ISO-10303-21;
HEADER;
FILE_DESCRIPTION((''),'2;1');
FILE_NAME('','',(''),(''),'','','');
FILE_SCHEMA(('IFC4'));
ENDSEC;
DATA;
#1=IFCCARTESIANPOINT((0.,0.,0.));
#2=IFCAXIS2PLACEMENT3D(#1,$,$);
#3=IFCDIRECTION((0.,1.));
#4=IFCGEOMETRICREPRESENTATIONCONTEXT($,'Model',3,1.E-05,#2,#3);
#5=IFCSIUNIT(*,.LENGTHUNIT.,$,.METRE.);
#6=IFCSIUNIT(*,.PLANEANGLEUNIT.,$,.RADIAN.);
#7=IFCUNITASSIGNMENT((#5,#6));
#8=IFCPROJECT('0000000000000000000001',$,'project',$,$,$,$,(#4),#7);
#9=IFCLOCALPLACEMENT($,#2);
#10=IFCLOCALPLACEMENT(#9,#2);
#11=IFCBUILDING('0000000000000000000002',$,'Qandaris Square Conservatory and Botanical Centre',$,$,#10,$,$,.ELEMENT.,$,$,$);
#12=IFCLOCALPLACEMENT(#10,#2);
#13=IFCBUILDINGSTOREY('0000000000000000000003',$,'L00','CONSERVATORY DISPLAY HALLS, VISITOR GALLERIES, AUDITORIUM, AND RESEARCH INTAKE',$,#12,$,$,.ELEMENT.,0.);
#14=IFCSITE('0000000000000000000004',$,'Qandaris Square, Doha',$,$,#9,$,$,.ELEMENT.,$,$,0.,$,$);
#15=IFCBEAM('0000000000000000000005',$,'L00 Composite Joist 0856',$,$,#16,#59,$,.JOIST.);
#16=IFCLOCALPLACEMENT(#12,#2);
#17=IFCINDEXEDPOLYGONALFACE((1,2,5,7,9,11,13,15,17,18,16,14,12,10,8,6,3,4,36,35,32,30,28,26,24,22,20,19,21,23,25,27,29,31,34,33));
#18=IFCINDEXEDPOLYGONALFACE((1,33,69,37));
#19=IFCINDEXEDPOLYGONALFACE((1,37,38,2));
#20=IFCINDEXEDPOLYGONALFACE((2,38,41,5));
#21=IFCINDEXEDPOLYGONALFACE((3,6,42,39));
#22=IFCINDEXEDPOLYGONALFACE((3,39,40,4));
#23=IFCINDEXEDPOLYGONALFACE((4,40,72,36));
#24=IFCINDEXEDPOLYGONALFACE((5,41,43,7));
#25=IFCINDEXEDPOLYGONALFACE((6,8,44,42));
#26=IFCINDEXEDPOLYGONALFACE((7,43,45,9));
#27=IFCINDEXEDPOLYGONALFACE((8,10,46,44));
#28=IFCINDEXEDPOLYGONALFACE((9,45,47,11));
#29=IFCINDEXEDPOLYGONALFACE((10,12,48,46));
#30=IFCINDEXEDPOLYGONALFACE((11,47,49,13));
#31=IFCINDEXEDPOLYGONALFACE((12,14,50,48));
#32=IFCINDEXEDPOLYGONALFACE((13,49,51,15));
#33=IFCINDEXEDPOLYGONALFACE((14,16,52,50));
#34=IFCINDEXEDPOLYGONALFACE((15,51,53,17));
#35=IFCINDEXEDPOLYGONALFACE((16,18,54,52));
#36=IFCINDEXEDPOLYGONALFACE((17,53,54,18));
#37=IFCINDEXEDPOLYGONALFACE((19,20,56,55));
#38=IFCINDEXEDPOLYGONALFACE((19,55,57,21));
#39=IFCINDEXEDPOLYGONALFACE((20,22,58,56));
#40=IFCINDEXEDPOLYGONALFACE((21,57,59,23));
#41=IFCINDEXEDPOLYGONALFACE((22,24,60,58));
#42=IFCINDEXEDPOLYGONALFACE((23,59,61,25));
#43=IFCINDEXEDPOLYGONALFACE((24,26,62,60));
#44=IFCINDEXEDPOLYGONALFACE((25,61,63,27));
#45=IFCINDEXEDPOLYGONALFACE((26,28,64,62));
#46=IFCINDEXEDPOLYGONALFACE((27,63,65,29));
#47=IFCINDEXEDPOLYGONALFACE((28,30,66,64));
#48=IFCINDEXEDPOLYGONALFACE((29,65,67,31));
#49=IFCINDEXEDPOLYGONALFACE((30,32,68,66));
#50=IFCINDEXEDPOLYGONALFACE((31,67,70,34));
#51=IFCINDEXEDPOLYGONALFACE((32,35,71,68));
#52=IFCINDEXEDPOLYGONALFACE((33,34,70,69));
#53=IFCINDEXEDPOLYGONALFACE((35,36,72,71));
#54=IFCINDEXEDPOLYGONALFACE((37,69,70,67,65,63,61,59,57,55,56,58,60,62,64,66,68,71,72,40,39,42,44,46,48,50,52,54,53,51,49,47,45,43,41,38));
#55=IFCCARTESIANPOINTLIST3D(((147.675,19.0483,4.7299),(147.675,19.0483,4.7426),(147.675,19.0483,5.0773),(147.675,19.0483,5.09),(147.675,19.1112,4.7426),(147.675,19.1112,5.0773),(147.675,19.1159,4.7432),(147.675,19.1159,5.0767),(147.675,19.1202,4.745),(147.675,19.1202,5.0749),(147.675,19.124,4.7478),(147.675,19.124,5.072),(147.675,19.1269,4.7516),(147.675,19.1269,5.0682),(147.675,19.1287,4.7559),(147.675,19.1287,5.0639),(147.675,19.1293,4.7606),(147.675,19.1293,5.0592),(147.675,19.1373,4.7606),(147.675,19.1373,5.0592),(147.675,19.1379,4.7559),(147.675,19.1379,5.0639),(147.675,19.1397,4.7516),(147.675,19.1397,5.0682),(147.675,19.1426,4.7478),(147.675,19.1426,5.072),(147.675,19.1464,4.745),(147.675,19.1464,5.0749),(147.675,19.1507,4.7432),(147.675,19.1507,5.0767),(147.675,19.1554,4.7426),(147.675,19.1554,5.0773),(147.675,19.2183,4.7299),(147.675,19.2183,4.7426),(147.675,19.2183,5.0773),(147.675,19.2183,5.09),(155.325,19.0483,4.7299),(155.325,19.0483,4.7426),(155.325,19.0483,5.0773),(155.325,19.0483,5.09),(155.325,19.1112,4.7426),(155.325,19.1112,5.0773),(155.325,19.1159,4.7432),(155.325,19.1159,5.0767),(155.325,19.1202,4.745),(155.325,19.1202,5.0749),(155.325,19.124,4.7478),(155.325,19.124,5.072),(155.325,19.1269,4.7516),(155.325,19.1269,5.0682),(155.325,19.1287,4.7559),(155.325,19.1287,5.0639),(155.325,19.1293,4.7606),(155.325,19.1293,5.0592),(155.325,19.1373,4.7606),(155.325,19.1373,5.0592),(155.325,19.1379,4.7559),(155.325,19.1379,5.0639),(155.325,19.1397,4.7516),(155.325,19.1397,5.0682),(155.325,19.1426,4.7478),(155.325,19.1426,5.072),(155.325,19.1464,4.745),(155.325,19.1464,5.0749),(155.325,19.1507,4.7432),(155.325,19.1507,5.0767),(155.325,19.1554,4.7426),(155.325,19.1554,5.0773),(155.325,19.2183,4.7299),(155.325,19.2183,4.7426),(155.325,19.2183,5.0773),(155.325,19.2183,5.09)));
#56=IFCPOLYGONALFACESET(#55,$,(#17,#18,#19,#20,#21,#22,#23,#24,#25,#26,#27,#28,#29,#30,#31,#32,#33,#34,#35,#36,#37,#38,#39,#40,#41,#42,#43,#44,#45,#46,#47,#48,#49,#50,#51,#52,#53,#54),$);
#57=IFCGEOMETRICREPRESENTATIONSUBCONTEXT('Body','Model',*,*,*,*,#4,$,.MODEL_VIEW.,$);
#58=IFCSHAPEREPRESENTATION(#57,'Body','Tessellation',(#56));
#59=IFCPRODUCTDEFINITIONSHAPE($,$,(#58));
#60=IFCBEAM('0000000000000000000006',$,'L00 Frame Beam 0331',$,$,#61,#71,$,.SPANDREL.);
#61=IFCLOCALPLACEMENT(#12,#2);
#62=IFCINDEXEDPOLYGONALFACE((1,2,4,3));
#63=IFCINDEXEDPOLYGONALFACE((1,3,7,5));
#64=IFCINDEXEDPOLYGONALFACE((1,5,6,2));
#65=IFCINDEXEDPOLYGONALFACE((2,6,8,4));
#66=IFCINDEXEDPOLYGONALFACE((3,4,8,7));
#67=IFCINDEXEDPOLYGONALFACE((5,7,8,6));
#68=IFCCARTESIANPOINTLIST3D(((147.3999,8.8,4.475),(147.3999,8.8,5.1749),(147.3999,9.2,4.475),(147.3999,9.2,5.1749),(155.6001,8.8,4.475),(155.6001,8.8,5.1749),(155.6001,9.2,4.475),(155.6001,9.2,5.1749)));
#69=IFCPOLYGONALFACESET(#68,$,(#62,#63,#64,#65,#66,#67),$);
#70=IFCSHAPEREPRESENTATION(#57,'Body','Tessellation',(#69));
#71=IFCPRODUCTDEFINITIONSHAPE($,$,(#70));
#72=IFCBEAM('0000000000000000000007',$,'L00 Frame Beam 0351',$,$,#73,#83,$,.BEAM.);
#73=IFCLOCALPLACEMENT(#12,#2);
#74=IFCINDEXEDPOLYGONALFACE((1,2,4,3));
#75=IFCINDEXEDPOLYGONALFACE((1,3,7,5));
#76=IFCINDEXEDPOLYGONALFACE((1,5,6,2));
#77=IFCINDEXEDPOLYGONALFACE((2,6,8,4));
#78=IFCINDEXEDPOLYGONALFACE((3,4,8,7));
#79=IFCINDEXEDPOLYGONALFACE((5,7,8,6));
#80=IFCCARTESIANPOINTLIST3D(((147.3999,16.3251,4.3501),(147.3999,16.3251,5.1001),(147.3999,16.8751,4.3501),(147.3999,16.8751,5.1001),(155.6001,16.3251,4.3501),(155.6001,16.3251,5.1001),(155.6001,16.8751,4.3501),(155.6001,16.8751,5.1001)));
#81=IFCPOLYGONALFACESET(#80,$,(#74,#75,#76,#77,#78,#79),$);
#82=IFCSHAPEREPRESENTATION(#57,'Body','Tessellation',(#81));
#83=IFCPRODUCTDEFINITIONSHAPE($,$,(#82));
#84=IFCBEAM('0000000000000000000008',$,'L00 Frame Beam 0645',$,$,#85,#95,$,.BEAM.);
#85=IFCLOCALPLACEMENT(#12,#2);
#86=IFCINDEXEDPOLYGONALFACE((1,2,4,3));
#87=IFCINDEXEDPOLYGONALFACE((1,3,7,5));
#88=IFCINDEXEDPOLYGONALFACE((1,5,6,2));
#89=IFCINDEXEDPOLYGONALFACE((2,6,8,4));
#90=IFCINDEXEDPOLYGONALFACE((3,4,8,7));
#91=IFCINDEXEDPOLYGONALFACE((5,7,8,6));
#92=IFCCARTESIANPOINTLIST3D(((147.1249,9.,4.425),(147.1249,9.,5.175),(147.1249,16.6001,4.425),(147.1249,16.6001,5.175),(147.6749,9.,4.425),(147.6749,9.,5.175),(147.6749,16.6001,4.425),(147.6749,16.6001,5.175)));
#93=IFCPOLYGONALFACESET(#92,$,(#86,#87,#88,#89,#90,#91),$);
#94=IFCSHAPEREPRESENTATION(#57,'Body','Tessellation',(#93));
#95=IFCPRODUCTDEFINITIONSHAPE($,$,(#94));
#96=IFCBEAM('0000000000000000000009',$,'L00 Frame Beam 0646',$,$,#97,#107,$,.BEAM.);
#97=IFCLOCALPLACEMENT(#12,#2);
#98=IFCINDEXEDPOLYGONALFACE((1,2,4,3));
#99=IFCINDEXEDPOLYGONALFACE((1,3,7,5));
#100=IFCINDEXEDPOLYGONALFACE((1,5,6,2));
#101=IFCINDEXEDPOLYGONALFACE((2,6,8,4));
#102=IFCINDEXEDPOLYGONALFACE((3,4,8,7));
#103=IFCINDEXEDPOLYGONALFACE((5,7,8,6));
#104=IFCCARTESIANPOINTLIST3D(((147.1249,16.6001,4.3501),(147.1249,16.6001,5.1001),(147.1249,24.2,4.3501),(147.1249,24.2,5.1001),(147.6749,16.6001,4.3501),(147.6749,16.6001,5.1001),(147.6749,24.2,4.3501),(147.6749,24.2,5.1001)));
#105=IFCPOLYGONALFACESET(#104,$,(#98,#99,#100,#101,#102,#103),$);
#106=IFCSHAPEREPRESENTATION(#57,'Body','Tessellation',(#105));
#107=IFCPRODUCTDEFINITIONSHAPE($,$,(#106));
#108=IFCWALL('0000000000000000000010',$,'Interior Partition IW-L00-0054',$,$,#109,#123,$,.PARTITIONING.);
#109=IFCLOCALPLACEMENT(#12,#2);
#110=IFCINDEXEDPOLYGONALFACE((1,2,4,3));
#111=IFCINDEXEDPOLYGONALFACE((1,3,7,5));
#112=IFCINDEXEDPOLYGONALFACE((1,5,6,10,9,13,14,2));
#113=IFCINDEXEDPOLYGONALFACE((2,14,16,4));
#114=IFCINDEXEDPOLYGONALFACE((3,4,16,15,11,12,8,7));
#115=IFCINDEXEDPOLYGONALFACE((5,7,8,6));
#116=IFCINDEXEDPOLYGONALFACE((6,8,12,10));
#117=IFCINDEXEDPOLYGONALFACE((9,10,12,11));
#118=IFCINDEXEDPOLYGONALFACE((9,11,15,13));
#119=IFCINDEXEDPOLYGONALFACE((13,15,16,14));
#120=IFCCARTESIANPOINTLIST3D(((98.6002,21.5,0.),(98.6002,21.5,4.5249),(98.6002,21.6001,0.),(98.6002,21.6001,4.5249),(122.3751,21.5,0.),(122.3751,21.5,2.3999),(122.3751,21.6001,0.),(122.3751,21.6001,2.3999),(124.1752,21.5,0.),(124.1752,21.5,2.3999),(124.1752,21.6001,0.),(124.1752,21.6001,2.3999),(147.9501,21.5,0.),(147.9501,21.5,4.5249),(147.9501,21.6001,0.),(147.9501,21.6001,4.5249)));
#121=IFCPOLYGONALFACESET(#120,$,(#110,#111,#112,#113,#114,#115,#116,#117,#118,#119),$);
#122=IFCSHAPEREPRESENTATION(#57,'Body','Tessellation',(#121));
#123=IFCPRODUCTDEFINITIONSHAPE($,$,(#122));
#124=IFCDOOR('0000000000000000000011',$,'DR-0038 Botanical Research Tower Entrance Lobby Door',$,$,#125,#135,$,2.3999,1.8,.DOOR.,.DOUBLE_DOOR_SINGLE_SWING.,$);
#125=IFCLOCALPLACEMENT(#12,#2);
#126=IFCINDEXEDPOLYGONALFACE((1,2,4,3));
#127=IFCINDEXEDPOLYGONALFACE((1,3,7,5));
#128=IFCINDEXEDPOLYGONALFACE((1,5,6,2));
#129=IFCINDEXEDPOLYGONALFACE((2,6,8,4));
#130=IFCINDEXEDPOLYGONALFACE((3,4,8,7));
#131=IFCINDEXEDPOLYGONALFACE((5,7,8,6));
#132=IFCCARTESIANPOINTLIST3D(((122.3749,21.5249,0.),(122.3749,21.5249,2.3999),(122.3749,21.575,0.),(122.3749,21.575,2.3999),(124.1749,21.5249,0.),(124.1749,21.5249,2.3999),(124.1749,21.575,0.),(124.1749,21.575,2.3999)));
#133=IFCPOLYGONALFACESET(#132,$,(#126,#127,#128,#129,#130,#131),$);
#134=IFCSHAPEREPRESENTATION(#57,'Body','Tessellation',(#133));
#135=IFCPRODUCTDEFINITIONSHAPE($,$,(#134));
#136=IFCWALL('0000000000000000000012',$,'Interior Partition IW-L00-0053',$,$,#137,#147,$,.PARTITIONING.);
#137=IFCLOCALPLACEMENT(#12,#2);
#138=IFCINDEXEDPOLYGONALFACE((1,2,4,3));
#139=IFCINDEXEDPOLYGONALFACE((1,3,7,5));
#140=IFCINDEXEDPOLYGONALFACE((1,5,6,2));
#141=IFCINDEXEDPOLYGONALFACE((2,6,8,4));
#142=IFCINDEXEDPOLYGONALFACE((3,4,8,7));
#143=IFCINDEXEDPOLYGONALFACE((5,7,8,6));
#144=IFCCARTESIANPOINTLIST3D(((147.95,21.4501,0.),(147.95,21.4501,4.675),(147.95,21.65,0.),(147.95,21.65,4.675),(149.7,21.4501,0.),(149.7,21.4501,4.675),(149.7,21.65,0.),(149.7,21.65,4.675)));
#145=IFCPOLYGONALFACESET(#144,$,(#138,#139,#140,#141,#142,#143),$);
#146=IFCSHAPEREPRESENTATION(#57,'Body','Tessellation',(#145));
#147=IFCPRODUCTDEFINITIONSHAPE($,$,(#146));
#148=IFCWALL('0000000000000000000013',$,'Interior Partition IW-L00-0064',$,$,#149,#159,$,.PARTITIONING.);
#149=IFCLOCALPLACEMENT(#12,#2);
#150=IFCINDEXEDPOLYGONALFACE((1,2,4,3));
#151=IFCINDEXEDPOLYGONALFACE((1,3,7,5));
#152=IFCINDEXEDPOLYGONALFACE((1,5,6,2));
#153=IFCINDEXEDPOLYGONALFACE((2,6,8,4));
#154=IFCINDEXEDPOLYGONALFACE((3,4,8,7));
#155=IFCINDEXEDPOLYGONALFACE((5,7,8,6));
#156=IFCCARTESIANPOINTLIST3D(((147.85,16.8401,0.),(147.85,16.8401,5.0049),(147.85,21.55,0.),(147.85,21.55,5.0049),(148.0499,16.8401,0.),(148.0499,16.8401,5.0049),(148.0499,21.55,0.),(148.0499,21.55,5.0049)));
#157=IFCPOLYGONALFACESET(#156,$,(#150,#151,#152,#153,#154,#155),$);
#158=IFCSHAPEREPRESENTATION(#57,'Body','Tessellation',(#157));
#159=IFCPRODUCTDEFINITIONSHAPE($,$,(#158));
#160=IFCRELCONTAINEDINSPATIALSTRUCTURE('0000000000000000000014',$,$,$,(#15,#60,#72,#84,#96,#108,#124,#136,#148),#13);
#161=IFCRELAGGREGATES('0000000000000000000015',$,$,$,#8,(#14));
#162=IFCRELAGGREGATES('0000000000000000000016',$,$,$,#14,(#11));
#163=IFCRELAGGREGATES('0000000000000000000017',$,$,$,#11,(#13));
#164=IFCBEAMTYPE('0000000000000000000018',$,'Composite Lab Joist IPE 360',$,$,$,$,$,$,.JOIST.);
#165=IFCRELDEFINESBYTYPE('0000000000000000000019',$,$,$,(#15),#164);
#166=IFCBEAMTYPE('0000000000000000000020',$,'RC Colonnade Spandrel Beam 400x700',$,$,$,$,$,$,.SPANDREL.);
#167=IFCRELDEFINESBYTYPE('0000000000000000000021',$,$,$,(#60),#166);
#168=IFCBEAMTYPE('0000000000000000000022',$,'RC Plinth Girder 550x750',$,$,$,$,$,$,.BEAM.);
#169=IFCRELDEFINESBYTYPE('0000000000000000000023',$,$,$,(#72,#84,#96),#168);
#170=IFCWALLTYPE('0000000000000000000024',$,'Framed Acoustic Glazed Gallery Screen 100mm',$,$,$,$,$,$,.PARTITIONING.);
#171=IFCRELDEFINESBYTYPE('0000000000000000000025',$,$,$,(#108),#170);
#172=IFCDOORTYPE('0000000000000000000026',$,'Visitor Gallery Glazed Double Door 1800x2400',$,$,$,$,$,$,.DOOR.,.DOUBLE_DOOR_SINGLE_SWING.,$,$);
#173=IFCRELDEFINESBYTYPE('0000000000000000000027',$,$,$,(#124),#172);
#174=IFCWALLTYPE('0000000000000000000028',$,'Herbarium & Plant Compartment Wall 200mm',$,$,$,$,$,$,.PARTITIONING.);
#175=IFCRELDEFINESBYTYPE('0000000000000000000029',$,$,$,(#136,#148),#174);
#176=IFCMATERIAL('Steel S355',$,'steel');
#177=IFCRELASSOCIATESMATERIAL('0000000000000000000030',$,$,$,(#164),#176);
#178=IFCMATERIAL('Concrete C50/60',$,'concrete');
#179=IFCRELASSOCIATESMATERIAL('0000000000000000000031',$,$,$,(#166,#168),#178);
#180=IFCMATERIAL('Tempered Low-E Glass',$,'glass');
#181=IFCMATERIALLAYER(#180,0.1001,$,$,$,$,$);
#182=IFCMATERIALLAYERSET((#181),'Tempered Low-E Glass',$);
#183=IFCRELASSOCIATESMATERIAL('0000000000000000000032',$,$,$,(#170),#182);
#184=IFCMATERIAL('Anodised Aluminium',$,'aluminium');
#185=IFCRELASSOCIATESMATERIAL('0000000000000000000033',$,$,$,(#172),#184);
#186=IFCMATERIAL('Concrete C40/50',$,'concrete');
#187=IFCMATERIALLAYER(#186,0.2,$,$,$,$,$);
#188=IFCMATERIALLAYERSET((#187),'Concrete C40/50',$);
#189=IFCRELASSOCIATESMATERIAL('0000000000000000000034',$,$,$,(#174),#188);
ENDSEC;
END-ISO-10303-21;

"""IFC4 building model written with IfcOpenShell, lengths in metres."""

from ifc_helpers import new_model, si_unit, direction, frame, frame_2d, origin, origin_2d, place, context, subcontext, project, spatial, rectangle, i_section, extrude, material, layer, layer_set, material_profile, profile_set, type_object, element, fill, save


model = new_model("IFC4")

# Units and contexts
model_context = context("Model", 3, precision=1e-05, world=origin(), true_north=direction((0.0, 1.0)))
body_context = subcontext(model_context, "Body", "Model", "MODEL_VIEW")
ifc_project = project(units=[si_unit("LENGTHUNIT", "METRE"), si_unit("PLANEANGLEUNIT", "RADIAN")], contexts=[model_context])

# Site, building, storey
site_placement = place(None, origin())
site = spatial("IfcSite", under=ifc_project, at=site_placement, Name="Qandaris Square, Doha", CompositionType="ELEMENT", RefElevation=0.0)
building_placement = place(site_placement, origin())
building = spatial("IfcBuilding", under=site, at=building_placement, Name="Qandaris Square Conservatory and Botanical Centre", CompositionType="ELEMENT")
storey_placement = place(building_placement, origin())
storey = spatial("IfcBuildingStorey", under=building, at=storey_placement, Name="L00", Description="CONSERVATORY DISPLAY HALLS, VISITOR GALLERIES, AUDITORIUM, AND RESEARCH INTAKE", CompositionType="ELEMENT", Elevation=0.0)

# Shared definitions
ifc_material_1 = material(Name="Concrete C40/50", Category="concrete")

# Shared definitions
ifc_material_2 = material(Name="Concrete C50/60", Category="concrete")

# Beams
ifc_material_3 = material(Name="Steel S355", Category="steel")
ifc_material_profile_1 = material_profile(ifc_material_3, i_section(OverallWidth=0.1699, OverallDepth=0.3601, WebThickness=0.0081, FlangeThickness=0.0127, FilletRadius=0.0181, at=origin_2d()), Name="IPE 360")
ifc_profile_set_1 = profile_set([ifc_material_profile_1], Name="Steel S355")
beam_type_1 = type_object("IfcBeamType", Name="Composite Lab Joist IPE 360", PredefinedType="JOIST", material=ifc_profile_set_1)
for number, where, z_axis, x_axis, name in (
    (1, (147.675, 19.1333, 4.9099), (1.0, 0.0, 0.0), (0.0, 1.0, 0.0), "L00 Composite Joist 0856"),
):
    element("IfcBeam", number, at=place(storey_placement, frame(where, z_axis=z_axis, x_axis=x_axis)), inside=storey, type_object=beam_type_1, Name=name, PredefinedType="JOIST", context=body_context, shape_type="SweptSolid", body=[
        extrude(i_section(OverallWidth=0.1699, OverallDepth=0.3601, WebThickness=0.0081, FlangeThickness=0.0127, FilletRadius=0.0181, at=origin_2d()), origin(), (0.0, 0.0, 1.0), 7.6499),
    ])
ifc_material_profile_2 = material_profile(ifc_material_2, rectangle(XDim=0.3999, YDim=0.7, at=origin_2d()), Name="RC-SP 400x700")
ifc_profile_set_2 = profile_set([ifc_material_profile_2], Name="Concrete C50/60")
beam_type_2 = type_object("IfcBeamType", Name="RC Colonnade Spandrel Beam 400x700", PredefinedType="SPANDREL", material=ifc_profile_set_2)
beam_1_placement = place(storey_placement, frame((147.3999, 9.0, 4.825), z_axis=(1.0, 0.0, 0.0), x_axis=(0.0, 1.0, 0.0)))
element("IfcBeam", 2, at=beam_1_placement, inside=storey, type_object=beam_type_2, Name="L00 Frame Beam 0331", PredefinedType="SPANDREL", context=body_context, shape_type="SweptSolid", body=[
    extrude(rectangle(XDim=0.3999, YDim=0.7, at=origin_2d()), origin(), (0.0, 0.0, 1.0), 8.2002),
])
ifc_material_profile_3 = material_profile(ifc_material_2, rectangle(XDim=0.55, YDim=0.75, at=origin_2d()), Name="RC-BM 550x750")
ifc_profile_set_3 = profile_set([ifc_material_profile_3], Name="Concrete C50/60")
beam_type_3 = type_object("IfcBeamType", Name="RC Plinth Girder 550x750", PredefinedType="BEAM", material=ifc_profile_set_3)
beam_2_placement = place(storey_placement, frame((147.3999, 16.6001, 4.7251), z_axis=(1.0, 0.0, 0.0), x_axis=(0.0, 1.0, 0.0)))
element("IfcBeam", 3, at=beam_2_placement, inside=storey, type_object=beam_type_3, Name="L00 Frame Beam 0351", PredefinedType="BEAM", context=body_context, shape_type="SweptSolid", body=[
    extrude(rectangle(XDim=0.55, YDim=0.75, at=origin_2d()), origin(), (0.0, 0.0, 1.0), 8.2002),
])
beam_3_placement = place(storey_placement, frame((147.3999, 9.0, 4.8), z_axis=(0.0, 1.0, 0.0), x_axis=(-1.0, 0.0, 0.0)))
element("IfcBeam", 4, at=beam_3_placement, inside=storey, type_object=beam_type_3, Name="L00 Frame Beam 0645", PredefinedType="BEAM", context=body_context, shape_type="SweptSolid", body=[
    extrude(rectangle(XDim=0.55, YDim=0.75, at=origin_2d()), origin(), (0.0, 0.0, 1.0), 7.6001),
])
beam_4_placement = place(storey_placement, frame((147.3999, 16.6001, 4.7251), z_axis=(0.0, 1.0, 0.0), x_axis=(-1.0, 0.0, 0.0)))
element("IfcBeam", 5, at=beam_4_placement, inside=storey, type_object=beam_type_3, Name="L00 Frame Beam 0646", PredefinedType="BEAM", context=body_context, shape_type="SweptSolid", body=[
    extrude(rectangle(XDim=0.55, YDim=0.75, at=origin_2d()), origin(), (0.0, 0.0, 1.0), 7.5999),
])

# Wall, opening, door
ifc_material_4 = material(Name="Tempered Low-E Glass", Category="glass")
ifc_layer_1 = layer(ifc_material_4, 0.1001)
ifc_layer_set_1 = layer_set([ifc_layer_1], Name="Tempered Low-E Glass")
wall_type_1 = type_object("IfcWallType", Name="Framed Acoustic Glazed Gallery Screen 100mm", PredefinedType="PARTITIONING", material=ifc_layer_set_1)
wall_1_placement = place(storey_placement, frame((147.95, 21.55, 0.0), z_axis=(0.0, 0.0, 1.0), x_axis=(-1.0, 0.0, 0.0)))
wall_1 = element("IfcWall", 6, at=wall_1_placement, inside=storey, type_object=wall_type_1, Name="Interior Partition IW-L00-0054", PredefinedType="PARTITIONING", context=body_context, shape_type="SweptSolid", body=[
    extrude(rectangle(XDim=49.3499, YDim=0.1001, at=frame_2d((24.6748, 0.0))), origin(), (0.0, 0.0, 1.0), 4.5249),
])
opening_1_placement = place(wall_1_placement, frame((23.7749, 0.0, 0.0)))
opening_1 = element("IfcOpeningElement", 7, at=opening_1_placement, cuts=wall_1, PredefinedType="OPENING", context=body_context, shape_type="SweptSolid", body=[
    extrude(rectangle(XDim=1.8, YDim=2.3999, at=frame_2d((0.8999, 1.2))), frame((0.0, 0.062, 0.0), z_axis=(0.0, -1.0, 0.0), x_axis=(1.0, 0.0, 0.0)), (0.0, 0.0, 1.0), 0.124),
])
ifc_material_5 = material(Name="Anodised Aluminium", Category="aluminium")
door_type = type_object("IfcDoorType", Name="Visitor Gallery Glazed Double Door 1800x2400", OperationType="DOUBLE_DOOR_SINGLE_SWING", PredefinedType="DOOR", material=ifc_material_5)
door_placement = place(opening_1_placement, frame((1.8, 0.0, 0.0), z_axis=(0.0, 0.0, 1.0), x_axis=(-1.0, 0.0, 0.0)))
door = element("IfcDoor", 8, at=door_placement, inside=storey, type_object=door_type, Name="DR-0038 Botanical Research Tower Entrance Lobby Door", OperationType="DOUBLE_DOOR_SINGLE_SWING", OverallHeight=2.3999, OverallWidth=1.8, PredefinedType="DOOR", context=body_context, shape_type="SweptSolid", body=[
    extrude(rectangle(XDim=1.8, YDim=2.3999, at=frame_2d((0.8999, 1.2))), frame((0.0, 0.0249, 0.0), z_axis=(0.0, -1.0, 0.0), x_axis=(1.0, 0.0, 0.0)), (0.0, 0.0, 1.0), 0.05),
])
fill(opening_1, door)

# Walls
ifc_layer_2 = layer(ifc_material_1, 0.2)
ifc_layer_set_2 = layer_set([ifc_layer_2], Name="Concrete C40/50")
wall_type_2 = type_object("IfcWallType", Name="Herbarium & Plant Compartment Wall 200mm", PredefinedType="PARTITIONING", material=ifc_layer_set_2)
wall_2_placement = place(storey_placement, frame((149.7, 21.55, 0.0), z_axis=(0.0, 0.0, 1.0), x_axis=(-1.0, 0.0, 0.0)))
element("IfcWall", 9, at=wall_2_placement, inside=storey, type_object=wall_type_2, Name="Interior Partition IW-L00-0053", PredefinedType="PARTITIONING", context=body_context, shape_type="SweptSolid", body=[
    extrude(rectangle(XDim=1.75, YDim=0.2, at=frame_2d((0.875, 0.0))), origin(), (0.0, 0.0, 1.0), 4.675),
])
wall_3_placement = place(storey_placement, frame((147.95, 16.8401, 0.0), z_axis=(0.0, 0.0, 1.0), x_axis=(0.0, 1.0, 0.0)))
element("IfcWall", 10, at=wall_3_placement, inside=storey, type_object=wall_type_2, Name="Interior Partition IW-L00-0064", PredefinedType="PARTITIONING", context=body_context, shape_type="SweptSolid", body=[
    extrude(rectangle(XDim=4.71, YDim=0.2, at=frame_2d((2.355, 0.0))), origin(), (0.0, 0.0, 1.0), 5.0049),
])

save(model, "model.ifc")
